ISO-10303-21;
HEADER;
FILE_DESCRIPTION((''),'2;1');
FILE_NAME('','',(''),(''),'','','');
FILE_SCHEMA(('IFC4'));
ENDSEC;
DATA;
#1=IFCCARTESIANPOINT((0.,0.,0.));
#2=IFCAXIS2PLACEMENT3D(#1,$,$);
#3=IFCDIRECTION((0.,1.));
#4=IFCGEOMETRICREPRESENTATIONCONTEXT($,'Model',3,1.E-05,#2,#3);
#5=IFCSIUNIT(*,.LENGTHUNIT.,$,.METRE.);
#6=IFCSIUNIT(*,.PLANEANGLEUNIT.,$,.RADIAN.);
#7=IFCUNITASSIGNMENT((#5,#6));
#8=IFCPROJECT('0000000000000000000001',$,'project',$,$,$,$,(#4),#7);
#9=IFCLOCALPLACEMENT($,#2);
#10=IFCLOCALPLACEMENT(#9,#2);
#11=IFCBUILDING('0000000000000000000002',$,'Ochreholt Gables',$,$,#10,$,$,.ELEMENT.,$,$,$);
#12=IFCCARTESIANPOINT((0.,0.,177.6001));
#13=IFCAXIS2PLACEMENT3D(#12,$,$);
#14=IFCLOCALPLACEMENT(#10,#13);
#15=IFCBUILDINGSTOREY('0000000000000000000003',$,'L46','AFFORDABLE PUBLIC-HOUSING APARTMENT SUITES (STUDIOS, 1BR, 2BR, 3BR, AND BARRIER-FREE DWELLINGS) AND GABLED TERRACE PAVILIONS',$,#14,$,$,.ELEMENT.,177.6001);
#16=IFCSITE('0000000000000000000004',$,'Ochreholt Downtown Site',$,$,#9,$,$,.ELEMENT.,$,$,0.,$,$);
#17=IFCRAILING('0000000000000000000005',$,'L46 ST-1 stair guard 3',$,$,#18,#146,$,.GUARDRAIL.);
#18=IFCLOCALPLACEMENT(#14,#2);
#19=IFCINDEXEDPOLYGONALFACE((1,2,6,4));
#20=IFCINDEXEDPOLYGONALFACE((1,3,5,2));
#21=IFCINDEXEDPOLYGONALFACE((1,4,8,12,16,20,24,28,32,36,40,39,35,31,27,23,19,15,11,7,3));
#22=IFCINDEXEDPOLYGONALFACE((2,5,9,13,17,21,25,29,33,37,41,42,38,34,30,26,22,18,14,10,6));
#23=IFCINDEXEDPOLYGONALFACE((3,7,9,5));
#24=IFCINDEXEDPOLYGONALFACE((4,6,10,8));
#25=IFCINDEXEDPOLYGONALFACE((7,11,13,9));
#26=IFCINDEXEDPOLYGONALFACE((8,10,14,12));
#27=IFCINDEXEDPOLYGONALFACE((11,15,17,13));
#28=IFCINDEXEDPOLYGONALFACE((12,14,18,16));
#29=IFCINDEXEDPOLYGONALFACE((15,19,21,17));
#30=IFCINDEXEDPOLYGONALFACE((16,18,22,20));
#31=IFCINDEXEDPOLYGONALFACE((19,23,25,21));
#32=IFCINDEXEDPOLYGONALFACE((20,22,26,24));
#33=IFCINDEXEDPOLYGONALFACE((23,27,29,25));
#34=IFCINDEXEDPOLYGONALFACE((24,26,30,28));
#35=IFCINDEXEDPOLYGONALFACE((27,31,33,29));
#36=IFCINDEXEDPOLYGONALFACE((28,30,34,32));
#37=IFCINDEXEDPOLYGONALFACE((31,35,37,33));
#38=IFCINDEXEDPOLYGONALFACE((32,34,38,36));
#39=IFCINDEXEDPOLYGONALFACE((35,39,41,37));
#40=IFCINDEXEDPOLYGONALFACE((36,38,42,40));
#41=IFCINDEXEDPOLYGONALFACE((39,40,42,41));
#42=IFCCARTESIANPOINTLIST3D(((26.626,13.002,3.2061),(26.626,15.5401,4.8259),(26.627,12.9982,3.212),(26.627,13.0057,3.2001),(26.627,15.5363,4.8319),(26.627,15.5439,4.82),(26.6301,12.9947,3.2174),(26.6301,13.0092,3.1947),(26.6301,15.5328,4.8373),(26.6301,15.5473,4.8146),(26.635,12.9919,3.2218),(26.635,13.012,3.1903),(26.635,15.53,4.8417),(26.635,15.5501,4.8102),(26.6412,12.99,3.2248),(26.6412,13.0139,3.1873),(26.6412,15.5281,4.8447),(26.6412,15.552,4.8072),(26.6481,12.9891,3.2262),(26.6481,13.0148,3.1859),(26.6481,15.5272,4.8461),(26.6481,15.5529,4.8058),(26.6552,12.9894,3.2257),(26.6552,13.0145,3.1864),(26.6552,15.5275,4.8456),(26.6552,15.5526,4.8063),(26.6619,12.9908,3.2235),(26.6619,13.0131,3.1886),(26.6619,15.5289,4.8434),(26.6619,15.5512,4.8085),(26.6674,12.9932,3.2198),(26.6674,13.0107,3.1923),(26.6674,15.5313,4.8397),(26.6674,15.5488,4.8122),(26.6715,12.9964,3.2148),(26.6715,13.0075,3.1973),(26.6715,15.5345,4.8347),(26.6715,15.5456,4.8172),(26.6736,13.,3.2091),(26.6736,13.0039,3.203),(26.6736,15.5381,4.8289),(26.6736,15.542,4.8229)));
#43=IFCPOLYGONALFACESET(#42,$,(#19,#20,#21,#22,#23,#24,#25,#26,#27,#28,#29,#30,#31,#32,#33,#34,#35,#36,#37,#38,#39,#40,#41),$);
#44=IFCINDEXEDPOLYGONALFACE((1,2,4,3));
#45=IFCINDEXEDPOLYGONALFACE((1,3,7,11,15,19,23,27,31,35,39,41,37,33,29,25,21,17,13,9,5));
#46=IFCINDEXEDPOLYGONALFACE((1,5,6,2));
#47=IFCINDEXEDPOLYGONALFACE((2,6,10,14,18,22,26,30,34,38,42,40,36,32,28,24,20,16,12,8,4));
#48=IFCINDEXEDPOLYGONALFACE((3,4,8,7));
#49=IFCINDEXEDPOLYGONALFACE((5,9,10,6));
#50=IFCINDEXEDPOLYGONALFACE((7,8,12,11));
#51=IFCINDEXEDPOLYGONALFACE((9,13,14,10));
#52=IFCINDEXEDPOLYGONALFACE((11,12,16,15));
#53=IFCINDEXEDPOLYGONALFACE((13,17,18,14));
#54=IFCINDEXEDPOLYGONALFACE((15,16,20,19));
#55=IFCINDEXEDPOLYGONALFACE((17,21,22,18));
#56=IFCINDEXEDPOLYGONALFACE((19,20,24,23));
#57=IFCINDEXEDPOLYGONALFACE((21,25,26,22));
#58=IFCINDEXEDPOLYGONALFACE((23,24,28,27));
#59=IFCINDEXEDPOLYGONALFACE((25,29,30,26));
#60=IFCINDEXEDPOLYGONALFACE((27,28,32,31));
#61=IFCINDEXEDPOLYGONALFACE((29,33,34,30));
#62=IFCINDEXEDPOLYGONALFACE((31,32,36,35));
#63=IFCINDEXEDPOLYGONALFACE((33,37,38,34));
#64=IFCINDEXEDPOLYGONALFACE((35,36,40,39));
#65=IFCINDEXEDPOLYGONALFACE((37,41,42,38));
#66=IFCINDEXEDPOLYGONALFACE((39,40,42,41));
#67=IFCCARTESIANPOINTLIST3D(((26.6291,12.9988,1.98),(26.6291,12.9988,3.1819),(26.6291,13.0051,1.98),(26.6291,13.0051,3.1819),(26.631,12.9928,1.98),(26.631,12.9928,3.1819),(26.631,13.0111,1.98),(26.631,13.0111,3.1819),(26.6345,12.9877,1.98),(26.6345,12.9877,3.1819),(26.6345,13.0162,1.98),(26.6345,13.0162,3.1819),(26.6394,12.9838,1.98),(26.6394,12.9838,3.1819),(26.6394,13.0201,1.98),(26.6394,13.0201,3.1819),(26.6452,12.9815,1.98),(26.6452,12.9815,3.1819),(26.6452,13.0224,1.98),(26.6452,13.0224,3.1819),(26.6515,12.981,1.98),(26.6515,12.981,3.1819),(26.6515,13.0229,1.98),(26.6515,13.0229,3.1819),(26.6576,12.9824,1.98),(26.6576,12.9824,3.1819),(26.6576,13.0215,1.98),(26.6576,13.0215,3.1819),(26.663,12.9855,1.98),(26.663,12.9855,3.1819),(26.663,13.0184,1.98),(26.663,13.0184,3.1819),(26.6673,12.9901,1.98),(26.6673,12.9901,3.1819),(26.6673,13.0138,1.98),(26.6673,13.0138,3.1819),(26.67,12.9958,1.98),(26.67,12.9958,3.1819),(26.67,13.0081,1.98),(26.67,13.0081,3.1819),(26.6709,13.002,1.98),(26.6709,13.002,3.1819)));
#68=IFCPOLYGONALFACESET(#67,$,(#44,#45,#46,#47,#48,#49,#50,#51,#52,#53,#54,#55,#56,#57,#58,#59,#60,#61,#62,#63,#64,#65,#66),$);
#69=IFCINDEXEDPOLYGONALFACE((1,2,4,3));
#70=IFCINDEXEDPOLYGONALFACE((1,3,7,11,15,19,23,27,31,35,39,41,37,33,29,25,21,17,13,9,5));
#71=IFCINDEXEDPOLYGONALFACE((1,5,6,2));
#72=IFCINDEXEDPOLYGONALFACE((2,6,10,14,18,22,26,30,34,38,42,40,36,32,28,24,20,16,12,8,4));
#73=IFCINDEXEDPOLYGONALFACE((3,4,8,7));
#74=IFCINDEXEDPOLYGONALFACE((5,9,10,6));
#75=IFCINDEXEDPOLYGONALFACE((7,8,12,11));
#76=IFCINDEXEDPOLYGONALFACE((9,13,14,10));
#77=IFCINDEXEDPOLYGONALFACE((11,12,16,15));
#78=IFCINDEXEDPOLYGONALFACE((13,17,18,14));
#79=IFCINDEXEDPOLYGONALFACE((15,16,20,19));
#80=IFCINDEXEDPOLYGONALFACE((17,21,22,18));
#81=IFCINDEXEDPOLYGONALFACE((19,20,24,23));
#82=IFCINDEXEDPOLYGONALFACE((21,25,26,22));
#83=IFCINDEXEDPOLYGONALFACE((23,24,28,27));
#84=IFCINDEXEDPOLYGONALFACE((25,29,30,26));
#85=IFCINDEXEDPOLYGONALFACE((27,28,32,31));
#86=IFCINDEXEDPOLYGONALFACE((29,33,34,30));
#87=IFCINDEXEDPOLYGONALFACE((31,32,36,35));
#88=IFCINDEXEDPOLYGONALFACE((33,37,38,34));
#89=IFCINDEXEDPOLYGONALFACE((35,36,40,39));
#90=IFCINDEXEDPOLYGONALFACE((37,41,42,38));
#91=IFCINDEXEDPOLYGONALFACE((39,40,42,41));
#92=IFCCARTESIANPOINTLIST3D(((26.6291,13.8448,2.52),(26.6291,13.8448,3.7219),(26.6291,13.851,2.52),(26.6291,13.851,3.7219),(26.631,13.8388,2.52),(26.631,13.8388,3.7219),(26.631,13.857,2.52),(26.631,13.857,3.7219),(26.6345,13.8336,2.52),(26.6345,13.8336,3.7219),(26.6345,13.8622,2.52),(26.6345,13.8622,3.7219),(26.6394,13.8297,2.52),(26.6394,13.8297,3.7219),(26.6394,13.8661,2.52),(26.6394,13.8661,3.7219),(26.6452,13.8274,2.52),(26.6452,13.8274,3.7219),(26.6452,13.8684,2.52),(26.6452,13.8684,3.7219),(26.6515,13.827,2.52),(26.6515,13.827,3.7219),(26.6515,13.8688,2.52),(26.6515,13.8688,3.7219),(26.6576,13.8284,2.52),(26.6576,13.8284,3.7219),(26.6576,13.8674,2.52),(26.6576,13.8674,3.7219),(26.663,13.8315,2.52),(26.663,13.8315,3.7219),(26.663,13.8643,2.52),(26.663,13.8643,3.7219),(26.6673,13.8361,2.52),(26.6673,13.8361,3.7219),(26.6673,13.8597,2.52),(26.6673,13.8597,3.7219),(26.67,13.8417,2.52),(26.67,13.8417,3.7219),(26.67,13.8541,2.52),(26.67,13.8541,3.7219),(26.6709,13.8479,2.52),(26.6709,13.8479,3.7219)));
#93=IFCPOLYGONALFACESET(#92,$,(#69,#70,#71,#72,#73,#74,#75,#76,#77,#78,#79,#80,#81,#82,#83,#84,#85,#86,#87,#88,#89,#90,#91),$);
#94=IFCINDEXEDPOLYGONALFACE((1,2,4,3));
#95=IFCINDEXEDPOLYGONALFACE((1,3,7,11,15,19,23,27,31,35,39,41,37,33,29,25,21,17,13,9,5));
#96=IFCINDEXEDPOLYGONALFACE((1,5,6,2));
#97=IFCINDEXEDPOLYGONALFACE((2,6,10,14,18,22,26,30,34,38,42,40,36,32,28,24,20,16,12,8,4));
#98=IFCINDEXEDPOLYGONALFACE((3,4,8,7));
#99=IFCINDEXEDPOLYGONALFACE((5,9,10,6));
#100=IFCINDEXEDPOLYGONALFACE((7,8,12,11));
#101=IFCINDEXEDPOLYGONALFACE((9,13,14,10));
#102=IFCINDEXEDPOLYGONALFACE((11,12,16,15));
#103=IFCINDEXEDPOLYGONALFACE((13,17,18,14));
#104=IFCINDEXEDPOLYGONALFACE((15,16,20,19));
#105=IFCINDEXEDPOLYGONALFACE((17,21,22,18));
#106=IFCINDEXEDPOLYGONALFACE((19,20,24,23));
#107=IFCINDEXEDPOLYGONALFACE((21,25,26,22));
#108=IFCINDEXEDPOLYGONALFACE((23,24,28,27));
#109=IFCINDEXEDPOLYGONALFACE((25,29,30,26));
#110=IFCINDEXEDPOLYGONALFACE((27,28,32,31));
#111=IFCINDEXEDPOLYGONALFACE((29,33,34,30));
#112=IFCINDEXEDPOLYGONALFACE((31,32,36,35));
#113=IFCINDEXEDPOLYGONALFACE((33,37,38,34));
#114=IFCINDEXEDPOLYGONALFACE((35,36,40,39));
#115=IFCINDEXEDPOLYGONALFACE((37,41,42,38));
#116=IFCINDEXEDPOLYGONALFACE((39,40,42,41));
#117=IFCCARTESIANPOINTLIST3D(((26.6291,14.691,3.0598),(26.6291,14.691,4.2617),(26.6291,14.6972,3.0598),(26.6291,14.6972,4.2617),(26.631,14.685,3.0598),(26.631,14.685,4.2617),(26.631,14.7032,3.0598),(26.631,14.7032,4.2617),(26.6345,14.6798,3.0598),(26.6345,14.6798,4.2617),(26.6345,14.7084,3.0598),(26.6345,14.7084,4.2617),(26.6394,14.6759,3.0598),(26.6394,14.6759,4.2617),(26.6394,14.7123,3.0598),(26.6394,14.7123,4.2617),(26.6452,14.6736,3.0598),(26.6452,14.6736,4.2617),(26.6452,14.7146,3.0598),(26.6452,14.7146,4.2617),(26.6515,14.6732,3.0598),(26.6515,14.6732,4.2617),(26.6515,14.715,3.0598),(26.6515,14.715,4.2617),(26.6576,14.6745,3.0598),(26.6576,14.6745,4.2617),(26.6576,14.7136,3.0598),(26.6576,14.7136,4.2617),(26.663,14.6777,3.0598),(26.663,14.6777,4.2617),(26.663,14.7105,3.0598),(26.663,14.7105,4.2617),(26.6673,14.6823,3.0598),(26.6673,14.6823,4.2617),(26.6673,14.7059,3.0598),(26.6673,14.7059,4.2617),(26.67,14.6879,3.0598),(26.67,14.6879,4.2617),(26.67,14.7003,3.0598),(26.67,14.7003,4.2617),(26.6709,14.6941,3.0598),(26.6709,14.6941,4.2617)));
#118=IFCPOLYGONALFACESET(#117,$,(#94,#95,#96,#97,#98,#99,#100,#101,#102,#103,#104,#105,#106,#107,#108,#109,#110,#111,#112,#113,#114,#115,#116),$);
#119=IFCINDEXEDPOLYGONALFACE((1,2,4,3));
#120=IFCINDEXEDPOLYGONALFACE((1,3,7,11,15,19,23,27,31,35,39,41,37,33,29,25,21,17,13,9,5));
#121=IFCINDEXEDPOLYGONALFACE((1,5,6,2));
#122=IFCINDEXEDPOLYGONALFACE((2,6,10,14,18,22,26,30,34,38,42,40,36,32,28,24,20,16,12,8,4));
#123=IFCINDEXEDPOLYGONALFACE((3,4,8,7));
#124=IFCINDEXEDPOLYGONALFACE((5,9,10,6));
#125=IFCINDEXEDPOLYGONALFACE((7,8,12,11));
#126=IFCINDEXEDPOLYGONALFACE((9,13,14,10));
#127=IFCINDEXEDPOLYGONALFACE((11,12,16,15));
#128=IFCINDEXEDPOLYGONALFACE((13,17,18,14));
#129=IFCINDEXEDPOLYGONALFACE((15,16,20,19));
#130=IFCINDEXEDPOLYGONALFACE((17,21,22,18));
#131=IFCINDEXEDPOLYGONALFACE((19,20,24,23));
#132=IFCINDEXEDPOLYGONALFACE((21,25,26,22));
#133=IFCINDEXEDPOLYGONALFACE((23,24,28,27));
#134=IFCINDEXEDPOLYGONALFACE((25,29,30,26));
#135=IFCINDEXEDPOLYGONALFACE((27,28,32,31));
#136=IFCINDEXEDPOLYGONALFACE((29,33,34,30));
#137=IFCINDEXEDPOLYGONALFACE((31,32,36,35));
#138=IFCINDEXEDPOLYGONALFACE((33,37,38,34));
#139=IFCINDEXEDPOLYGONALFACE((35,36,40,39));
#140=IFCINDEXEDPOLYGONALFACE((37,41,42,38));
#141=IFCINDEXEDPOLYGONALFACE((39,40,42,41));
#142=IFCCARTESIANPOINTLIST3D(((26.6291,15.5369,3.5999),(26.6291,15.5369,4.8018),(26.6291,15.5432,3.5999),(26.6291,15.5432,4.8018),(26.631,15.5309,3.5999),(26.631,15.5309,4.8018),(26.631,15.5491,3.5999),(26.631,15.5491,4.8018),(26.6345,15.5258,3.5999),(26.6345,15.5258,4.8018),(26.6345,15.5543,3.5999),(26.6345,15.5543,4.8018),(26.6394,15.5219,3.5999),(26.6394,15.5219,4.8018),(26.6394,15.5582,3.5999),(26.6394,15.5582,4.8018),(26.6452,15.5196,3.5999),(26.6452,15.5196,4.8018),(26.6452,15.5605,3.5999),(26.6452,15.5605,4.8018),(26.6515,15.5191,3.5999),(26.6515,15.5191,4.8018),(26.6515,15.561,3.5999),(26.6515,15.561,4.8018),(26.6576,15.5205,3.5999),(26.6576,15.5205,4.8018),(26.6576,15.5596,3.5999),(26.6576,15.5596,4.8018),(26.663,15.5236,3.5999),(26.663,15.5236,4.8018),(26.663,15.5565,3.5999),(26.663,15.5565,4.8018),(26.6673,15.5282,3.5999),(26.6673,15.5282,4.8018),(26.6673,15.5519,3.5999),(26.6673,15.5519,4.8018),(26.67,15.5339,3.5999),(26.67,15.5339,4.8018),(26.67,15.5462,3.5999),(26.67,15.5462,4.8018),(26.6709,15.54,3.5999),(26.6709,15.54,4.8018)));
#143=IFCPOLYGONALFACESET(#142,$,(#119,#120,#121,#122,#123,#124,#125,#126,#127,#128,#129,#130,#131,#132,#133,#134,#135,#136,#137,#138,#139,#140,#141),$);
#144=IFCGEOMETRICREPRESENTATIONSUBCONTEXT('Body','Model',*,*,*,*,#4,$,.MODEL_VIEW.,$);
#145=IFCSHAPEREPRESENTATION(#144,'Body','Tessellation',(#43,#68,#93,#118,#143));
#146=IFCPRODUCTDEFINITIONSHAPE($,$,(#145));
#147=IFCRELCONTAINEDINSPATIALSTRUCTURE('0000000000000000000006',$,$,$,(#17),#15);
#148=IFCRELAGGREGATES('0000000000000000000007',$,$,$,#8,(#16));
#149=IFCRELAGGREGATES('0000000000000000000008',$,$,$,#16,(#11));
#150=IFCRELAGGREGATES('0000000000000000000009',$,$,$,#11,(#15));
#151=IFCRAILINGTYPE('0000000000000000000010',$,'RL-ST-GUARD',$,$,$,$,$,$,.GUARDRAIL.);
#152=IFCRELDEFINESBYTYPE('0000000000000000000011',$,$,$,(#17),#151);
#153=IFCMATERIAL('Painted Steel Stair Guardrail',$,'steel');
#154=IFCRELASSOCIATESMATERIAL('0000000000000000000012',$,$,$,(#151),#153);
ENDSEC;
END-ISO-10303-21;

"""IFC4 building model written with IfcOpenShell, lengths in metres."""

from ifc_helpers import new_model, si_unit, direction, frame, origin, origin_2d, place, context, subcontext, project, spatial, circle, extrude, material, type_object, element, save


model = new_model("IFC4")

# Units and contexts
model_context = context("Model", 3, precision=1e-05, world=origin(), true_north=direction((0.0, 1.0)))
body_context = subcontext(model_context, "Body", "Model", "MODEL_VIEW")
ifc_project = project(units=[si_unit("LENGTHUNIT", "METRE"), si_unit("PLANEANGLEUNIT", "RADIAN")], contexts=[model_context])

# Site, building, storey
site_placement = place(None, origin())
site = spatial("IfcSite", under=ifc_project, at=site_placement, Name="Ochreholt Downtown Site", CompositionType="ELEMENT", RefElevation=0.0)
building_placement = place(site_placement, origin())
building = spatial("IfcBuilding", under=site, at=building_placement, Name="Ochreholt Gables", CompositionType="ELEMENT")
storey_placement = place(building_placement, frame((0.0, 0.0, 177.6001)))
storey = spatial("IfcBuildingStorey", under=building, at=storey_placement, Name="L46", Description="AFFORDABLE PUBLIC-HOUSING APARTMENT SUITES (STUDIOS, 1BR, 2BR, 3BR, AND BARRIER-FREE DWELLINGS) AND GABLED TERRACE PAVILIONS", CompositionType="ELEMENT", Elevation=177.6001)

# Railing
ifc_material_1 = material(Name="Painted Steel Stair Guardrail", Category="steel")
railing_type_1 = type_object("IfcRailingType", Name="RL-ST-GUARD", PredefinedType="GUARDRAIL", material=ifc_material_1)
railing_1_placement = place(storey_placement, frame((26.6499, 13.002, 1.98)))
element("IfcRailing", 1, at=railing_1_placement, inside=storey, type_object=railing_type_1, Name="L46 ST-1 stair guard 3", PredefinedType="GUARDRAIL", context=body_context, shape_type="SweptSolid", body=[
    extrude(circle(Radius=0.0239, at=origin_2d()), frame((0.0, 0.0, 1.2261), z_axis=(0.0, 0.84295, 0.537993), x_axis=(-1.0, 0.0, 0.0)), (0.0, 0.0, 1.0), 3.011),
    extrude(circle(Radius=0.021, at=origin_2d()), origin(), (0.0, 0.0, 1.0), 1.2019),
    extrude(circle(Radius=0.021, at=origin_2d()), frame((0.0, 0.8459, 0.54)), (0.0, 0.0, 1.0), 1.2019),
    extrude(circle(Radius=0.021, at=origin_2d()), frame((0.0, 1.6921, 1.0798)), (0.0, 0.0, 1.0), 1.2019),
    extrude(circle(Radius=0.021, at=origin_2d()), frame((0.0, 2.5381, 1.6199)), (0.0, 0.0, 1.0), 1.2019),
])

save(model, "model.ifc")
